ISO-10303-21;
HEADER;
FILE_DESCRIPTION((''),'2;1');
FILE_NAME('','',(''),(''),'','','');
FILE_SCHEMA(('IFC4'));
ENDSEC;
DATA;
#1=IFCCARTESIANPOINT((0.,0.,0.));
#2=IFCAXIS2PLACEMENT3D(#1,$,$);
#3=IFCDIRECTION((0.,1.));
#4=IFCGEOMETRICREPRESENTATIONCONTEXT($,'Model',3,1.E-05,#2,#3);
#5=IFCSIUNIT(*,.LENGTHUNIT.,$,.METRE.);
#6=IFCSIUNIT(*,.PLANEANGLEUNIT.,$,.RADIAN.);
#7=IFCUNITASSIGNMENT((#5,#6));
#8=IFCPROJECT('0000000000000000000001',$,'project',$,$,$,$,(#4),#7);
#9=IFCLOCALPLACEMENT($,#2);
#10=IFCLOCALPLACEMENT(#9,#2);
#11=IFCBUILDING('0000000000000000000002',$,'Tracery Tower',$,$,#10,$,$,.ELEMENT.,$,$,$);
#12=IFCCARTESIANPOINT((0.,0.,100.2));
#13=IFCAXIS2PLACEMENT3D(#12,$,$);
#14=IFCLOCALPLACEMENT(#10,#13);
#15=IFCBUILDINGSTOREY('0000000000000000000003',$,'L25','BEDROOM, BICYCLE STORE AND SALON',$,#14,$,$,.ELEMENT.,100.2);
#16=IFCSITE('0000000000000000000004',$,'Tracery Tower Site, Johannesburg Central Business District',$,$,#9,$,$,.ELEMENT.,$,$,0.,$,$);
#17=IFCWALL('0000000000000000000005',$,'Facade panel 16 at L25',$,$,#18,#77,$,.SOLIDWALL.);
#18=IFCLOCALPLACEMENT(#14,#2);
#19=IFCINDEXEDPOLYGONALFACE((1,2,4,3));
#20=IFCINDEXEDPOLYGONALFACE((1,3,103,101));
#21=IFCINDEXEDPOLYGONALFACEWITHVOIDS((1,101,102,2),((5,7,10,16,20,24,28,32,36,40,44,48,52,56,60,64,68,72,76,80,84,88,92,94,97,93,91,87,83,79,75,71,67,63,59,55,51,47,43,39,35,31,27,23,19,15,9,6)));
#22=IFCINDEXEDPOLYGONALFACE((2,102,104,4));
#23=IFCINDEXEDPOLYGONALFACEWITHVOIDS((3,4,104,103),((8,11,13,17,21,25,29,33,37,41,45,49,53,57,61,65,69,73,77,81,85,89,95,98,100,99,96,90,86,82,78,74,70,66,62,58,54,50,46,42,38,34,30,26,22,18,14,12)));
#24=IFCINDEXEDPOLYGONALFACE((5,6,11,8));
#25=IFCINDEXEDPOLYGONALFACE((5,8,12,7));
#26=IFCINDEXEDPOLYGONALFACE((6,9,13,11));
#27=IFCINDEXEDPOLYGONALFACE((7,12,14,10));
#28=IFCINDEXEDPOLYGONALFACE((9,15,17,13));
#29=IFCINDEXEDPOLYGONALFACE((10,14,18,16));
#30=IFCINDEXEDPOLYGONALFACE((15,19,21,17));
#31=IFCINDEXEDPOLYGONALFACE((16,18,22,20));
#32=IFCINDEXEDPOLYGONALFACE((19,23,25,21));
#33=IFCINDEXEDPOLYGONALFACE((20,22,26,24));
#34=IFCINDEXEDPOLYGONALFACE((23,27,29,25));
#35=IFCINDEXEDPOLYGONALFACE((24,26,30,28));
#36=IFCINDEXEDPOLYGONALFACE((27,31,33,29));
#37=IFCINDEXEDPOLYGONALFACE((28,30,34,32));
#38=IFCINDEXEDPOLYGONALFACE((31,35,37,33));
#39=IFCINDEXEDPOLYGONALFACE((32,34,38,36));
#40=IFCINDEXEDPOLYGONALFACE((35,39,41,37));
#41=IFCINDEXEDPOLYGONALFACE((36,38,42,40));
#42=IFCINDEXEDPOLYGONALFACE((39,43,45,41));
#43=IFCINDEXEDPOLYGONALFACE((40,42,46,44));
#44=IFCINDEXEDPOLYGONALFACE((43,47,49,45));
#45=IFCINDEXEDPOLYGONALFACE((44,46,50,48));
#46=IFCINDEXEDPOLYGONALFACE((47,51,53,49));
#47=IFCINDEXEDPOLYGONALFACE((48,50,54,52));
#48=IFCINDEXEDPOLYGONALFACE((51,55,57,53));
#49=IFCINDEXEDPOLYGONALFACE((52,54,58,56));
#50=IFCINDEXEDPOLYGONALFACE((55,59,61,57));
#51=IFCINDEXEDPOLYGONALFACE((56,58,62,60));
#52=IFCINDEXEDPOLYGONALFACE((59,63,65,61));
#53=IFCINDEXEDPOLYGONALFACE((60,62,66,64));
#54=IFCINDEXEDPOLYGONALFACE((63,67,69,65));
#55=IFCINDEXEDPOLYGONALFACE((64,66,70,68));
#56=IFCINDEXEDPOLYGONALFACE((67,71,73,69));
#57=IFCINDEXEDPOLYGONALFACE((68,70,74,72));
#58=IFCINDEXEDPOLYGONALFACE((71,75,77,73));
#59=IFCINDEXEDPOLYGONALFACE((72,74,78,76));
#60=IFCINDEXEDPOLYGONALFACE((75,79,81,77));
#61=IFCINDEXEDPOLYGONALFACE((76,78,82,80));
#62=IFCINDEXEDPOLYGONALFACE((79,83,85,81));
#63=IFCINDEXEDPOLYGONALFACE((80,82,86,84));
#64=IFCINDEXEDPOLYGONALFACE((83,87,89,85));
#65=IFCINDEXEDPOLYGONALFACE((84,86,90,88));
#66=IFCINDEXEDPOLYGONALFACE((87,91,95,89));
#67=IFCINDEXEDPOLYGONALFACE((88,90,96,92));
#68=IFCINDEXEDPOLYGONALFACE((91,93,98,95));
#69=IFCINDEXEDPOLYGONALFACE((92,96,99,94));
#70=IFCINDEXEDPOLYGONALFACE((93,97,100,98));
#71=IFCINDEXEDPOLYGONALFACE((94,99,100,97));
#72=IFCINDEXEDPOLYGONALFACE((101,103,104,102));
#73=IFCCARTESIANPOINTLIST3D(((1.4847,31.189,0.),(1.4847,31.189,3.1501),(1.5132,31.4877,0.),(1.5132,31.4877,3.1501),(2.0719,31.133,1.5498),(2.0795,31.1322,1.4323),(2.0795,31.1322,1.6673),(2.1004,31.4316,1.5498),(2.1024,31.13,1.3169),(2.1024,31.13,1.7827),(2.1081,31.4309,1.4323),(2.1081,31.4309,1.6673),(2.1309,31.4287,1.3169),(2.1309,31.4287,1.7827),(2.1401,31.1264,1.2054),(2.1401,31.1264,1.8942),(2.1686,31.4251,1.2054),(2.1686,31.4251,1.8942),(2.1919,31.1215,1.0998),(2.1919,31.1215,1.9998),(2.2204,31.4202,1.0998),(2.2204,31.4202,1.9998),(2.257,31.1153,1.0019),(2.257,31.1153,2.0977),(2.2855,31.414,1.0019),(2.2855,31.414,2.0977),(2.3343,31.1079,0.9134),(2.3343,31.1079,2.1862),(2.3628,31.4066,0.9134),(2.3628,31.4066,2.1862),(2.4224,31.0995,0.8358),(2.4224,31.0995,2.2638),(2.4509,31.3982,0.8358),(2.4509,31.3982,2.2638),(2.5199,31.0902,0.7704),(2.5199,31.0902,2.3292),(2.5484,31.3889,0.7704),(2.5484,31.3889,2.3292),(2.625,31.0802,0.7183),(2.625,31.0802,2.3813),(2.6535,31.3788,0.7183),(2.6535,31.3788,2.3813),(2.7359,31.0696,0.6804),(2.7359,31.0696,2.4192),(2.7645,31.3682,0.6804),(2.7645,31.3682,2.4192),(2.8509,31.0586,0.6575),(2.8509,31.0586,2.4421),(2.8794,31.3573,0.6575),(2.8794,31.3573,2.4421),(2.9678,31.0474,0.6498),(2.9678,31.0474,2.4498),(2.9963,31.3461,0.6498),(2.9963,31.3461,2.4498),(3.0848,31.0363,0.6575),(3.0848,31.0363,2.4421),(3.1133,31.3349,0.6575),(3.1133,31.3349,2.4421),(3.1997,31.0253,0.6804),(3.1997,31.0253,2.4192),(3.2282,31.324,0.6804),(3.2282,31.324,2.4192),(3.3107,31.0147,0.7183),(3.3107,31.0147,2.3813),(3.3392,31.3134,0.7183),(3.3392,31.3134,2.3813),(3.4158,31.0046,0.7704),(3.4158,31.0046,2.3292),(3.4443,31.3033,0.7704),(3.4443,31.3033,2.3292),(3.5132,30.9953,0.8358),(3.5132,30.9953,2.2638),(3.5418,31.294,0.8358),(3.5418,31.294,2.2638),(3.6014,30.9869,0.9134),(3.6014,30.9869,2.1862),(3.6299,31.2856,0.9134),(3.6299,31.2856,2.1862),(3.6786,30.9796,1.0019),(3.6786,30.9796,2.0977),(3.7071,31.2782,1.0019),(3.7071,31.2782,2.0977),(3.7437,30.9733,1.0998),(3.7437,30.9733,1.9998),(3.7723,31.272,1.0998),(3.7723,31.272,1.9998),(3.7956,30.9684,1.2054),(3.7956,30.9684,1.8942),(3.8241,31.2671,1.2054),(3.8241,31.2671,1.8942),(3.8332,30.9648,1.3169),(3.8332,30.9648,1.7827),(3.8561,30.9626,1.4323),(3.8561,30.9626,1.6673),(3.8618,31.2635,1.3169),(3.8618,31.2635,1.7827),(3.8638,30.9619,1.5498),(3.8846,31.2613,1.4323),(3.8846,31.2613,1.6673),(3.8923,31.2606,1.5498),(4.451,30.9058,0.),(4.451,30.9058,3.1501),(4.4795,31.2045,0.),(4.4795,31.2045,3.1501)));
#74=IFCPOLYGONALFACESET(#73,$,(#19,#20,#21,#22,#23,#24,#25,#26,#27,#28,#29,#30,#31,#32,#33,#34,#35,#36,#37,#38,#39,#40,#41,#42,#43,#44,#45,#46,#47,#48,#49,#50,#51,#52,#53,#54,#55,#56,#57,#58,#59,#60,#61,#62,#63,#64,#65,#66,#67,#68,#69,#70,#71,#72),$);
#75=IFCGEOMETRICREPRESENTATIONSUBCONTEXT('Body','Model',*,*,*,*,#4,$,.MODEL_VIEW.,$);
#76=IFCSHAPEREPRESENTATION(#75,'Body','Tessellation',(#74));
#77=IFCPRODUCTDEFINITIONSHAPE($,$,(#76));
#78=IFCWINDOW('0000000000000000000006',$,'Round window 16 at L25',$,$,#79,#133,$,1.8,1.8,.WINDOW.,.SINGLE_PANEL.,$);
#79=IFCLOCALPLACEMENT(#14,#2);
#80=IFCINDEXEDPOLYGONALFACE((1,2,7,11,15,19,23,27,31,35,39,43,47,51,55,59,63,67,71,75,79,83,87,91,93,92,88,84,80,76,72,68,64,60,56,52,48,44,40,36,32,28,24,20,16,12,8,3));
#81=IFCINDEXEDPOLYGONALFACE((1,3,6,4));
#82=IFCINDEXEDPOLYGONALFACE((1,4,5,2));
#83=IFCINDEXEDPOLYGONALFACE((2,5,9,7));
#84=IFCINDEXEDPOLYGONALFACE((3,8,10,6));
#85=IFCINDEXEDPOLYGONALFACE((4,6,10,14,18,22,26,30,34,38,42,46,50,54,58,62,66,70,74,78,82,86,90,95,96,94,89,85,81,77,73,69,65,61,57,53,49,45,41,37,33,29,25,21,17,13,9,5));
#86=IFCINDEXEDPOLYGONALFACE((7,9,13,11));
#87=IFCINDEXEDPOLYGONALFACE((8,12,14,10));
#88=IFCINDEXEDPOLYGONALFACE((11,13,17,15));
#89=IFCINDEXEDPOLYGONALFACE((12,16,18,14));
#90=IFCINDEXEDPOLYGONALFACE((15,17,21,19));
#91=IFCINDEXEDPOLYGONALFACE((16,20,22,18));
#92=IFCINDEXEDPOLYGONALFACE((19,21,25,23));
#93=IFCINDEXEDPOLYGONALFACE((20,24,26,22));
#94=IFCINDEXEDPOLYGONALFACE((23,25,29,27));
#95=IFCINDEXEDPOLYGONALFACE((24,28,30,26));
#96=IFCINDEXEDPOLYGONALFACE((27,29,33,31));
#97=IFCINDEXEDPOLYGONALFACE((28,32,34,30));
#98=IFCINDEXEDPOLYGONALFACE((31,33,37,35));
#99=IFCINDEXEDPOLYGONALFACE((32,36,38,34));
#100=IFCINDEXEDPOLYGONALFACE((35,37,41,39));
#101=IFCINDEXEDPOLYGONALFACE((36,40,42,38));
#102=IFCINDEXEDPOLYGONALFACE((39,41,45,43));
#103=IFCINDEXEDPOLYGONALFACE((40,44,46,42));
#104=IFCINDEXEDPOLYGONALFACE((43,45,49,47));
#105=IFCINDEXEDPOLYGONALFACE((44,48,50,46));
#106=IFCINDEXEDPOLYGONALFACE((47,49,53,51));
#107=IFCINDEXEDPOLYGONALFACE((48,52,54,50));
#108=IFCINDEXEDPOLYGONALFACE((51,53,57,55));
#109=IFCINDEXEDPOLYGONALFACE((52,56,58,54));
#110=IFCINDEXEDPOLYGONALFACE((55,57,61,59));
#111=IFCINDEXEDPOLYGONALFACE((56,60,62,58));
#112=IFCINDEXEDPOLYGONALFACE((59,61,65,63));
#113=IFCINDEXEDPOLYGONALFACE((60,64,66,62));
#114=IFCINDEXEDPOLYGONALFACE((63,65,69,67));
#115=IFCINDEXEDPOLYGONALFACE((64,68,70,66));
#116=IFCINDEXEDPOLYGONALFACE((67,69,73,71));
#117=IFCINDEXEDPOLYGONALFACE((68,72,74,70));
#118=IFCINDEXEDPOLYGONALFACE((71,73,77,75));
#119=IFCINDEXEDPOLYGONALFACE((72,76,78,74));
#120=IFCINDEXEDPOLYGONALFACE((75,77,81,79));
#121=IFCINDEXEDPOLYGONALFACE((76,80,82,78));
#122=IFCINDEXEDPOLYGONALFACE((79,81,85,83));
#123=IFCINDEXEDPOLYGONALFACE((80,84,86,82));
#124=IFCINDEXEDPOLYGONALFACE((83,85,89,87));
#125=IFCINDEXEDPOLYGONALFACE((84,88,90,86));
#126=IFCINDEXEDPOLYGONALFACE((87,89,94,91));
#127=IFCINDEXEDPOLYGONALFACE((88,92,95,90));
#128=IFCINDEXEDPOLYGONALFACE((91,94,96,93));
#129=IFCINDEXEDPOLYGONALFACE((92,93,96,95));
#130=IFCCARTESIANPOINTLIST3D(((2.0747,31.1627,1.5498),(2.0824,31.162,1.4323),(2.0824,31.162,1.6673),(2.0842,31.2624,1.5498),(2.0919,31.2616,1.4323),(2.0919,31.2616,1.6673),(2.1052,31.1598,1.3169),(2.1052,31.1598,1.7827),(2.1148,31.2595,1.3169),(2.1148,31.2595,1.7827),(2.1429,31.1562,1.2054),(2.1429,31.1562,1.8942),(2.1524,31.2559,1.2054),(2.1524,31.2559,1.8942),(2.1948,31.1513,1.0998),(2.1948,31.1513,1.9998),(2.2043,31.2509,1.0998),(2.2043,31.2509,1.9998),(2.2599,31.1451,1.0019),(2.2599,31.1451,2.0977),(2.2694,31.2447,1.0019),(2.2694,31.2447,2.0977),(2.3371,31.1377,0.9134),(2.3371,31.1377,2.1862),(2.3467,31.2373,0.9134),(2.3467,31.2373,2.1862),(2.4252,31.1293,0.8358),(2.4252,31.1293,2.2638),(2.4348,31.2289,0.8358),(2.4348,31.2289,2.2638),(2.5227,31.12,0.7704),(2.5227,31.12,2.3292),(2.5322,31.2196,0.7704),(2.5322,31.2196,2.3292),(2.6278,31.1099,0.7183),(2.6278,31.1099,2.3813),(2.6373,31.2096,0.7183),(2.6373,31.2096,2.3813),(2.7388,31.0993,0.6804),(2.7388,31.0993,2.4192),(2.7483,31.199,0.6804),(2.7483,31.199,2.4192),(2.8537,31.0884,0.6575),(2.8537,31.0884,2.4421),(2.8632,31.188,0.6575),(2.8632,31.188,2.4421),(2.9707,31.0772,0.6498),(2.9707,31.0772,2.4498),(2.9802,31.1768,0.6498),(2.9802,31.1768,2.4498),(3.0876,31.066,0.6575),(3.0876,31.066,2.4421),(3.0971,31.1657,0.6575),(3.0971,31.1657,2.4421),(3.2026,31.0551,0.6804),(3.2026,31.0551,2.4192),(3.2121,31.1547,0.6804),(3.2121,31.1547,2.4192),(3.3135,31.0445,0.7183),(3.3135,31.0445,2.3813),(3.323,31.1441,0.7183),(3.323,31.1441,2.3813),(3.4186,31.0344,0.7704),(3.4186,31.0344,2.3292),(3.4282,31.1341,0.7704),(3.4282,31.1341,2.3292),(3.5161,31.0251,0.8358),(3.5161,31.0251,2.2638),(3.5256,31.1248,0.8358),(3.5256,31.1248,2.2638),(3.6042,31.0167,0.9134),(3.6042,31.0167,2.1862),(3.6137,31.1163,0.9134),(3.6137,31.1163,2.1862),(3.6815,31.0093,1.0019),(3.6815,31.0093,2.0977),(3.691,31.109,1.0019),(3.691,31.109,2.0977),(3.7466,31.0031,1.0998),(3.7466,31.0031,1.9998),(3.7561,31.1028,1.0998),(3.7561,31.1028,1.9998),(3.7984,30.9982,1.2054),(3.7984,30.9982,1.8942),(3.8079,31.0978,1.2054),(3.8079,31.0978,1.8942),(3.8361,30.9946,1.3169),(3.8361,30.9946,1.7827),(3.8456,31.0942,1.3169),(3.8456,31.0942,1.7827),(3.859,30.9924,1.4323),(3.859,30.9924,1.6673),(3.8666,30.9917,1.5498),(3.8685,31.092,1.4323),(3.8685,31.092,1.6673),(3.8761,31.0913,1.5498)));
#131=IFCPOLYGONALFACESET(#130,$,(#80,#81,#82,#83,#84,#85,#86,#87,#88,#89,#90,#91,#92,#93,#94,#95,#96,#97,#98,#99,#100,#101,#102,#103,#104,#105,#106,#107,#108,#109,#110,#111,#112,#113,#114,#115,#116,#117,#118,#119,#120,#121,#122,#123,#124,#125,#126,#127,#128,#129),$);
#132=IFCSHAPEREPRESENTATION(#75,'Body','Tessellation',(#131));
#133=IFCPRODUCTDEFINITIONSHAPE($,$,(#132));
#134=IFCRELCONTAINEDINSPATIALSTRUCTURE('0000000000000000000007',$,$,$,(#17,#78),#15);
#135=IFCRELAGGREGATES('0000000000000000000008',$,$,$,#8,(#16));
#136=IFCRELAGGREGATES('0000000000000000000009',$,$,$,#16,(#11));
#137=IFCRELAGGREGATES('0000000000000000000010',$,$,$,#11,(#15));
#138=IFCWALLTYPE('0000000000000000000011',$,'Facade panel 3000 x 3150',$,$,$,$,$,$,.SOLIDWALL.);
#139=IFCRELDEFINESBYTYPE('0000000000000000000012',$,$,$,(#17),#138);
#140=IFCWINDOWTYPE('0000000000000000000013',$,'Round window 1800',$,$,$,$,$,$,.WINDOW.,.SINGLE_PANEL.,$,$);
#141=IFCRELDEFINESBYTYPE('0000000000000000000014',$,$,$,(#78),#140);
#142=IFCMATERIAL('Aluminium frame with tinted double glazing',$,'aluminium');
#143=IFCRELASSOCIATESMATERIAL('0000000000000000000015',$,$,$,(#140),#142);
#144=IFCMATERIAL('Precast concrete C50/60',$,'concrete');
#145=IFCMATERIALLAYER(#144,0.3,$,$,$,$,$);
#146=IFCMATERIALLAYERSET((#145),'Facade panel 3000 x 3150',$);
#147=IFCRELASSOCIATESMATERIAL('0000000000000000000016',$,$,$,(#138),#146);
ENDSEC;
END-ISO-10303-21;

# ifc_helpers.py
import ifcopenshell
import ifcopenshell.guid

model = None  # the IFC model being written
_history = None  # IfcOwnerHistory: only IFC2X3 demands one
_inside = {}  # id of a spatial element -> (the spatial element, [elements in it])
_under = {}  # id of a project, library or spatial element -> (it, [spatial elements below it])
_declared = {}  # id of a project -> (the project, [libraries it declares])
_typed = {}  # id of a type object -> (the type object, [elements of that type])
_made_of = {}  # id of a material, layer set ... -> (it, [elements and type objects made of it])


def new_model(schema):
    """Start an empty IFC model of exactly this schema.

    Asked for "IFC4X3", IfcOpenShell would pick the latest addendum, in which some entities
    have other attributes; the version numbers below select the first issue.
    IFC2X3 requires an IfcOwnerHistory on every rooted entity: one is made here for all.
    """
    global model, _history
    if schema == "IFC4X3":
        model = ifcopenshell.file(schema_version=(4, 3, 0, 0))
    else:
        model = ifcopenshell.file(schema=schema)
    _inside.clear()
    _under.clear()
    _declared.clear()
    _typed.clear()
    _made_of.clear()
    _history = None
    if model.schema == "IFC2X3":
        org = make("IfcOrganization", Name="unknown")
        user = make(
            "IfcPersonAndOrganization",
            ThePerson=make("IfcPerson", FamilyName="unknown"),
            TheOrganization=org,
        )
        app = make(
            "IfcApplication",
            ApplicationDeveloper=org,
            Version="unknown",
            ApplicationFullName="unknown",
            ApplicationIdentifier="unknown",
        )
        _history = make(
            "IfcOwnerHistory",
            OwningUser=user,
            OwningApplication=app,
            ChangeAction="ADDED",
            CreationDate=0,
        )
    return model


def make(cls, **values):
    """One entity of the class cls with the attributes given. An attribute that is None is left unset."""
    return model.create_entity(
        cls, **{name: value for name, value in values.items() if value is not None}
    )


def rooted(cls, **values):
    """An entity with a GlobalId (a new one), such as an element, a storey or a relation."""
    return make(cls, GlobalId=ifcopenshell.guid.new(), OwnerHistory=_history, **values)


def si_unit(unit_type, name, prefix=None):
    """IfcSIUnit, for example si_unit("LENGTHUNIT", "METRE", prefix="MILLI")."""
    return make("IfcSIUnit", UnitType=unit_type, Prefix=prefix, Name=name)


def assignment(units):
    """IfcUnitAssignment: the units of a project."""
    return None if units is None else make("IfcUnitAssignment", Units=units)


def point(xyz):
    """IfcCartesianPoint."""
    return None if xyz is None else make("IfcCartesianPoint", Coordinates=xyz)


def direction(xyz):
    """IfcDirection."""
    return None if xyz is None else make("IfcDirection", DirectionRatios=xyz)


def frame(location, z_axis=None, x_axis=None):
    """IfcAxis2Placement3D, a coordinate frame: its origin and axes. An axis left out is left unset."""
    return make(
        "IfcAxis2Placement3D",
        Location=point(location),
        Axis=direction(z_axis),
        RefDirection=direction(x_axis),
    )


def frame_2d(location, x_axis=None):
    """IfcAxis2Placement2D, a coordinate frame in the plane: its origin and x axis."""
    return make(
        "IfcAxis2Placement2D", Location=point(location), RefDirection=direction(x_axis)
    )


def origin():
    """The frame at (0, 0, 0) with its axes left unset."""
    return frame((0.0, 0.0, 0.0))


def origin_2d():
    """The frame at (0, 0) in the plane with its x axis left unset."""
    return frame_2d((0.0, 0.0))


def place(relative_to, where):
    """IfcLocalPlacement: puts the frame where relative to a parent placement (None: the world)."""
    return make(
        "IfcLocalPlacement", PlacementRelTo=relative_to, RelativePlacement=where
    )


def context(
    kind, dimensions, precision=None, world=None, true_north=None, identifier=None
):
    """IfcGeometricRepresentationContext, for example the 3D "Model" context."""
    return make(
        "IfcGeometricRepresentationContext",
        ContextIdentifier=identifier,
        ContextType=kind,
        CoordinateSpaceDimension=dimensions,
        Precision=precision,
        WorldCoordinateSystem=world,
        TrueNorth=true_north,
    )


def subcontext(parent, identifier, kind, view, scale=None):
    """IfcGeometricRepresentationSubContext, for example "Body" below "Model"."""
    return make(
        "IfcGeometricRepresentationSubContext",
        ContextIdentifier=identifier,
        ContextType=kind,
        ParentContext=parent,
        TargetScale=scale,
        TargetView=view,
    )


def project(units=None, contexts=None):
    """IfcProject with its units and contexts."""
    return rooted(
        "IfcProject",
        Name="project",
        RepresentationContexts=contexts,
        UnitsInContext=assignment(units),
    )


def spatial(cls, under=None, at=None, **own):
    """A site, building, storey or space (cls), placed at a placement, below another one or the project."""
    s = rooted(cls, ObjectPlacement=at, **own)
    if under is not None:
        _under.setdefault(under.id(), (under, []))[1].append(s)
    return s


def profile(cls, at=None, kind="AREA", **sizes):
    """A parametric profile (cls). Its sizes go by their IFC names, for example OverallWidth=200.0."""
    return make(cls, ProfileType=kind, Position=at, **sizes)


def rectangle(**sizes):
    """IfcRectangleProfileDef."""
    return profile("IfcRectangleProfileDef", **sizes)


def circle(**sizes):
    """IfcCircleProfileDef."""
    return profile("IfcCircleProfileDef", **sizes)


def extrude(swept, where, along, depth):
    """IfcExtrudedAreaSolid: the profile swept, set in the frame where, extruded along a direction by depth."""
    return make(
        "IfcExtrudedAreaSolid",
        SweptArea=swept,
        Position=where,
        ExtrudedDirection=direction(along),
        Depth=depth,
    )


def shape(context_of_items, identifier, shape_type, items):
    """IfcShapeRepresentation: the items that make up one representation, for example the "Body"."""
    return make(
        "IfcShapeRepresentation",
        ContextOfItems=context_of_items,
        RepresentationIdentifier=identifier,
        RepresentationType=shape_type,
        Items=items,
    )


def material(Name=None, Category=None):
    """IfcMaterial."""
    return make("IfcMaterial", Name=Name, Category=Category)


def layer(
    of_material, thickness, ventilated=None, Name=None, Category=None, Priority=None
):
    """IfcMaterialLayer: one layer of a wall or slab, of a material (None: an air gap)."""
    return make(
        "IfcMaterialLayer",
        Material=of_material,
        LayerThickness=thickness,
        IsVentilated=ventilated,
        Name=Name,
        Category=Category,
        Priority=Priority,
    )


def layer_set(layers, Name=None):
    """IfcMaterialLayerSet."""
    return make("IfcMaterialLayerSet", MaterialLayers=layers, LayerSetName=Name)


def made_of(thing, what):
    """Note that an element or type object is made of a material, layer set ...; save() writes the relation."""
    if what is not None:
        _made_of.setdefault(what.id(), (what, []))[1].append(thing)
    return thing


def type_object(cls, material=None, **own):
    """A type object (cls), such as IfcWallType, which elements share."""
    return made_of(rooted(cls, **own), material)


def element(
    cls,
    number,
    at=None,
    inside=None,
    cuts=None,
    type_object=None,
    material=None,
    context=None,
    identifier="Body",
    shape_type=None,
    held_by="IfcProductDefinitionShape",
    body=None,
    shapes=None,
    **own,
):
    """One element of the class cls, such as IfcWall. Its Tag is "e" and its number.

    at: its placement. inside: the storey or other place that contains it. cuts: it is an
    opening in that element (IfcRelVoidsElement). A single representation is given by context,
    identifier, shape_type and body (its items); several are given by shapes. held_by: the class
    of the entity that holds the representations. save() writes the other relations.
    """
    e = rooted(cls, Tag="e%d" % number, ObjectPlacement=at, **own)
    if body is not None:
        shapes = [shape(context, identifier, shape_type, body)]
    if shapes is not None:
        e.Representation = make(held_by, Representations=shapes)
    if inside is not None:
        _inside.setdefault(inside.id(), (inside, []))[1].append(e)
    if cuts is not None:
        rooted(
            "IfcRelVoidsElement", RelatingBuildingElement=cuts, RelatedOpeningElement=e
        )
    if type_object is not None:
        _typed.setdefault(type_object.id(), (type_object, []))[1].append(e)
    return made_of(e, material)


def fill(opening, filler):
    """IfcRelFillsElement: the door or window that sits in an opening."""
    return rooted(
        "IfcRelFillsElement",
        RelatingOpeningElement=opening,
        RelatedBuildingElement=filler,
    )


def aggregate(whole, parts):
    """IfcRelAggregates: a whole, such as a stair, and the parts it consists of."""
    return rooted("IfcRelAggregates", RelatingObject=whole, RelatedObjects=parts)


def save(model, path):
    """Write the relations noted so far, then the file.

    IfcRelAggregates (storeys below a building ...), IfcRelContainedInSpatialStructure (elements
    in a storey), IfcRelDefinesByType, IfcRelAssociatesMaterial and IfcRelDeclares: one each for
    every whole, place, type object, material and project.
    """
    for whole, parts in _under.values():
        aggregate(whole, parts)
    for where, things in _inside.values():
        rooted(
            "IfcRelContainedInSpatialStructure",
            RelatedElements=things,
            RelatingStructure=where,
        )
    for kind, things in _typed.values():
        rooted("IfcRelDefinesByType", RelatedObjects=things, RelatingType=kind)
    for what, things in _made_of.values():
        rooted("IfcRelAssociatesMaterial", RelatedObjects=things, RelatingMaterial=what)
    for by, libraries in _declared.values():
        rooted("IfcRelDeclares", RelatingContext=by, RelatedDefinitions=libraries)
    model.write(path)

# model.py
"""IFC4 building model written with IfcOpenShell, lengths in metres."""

from ifc_helpers import new_model, si_unit, direction, frame, frame_2d, origin, origin_2d, place, context, subcontext, project, spatial, rectangle, circle, extrude, material, layer, layer_set, type_object, element, fill, save


model = new_model("IFC4")

# Units and contexts
model_context = context("Model", 3, precision=1e-05, world=origin(), true_north=direction((0.0, 1.0)))
body_context = subcontext(model_context, "Body", "Model", "MODEL_VIEW")
ifc_project = project(units=[si_unit("LENGTHUNIT", "METRE"), si_unit("PLANEANGLEUNIT", "RADIAN")], contexts=[model_context])

# Site, building, storey
site_placement = place(None, origin())
site = spatial("IfcSite", under=ifc_project, at=site_placement, Name="Tracery Tower Site, Johannesburg Central Business District", CompositionType="ELEMENT", RefElevation=0.0)
building_placement = place(site_placement, origin())
building = spatial("IfcBuilding", under=site, at=building_placement, Name="Tracery Tower", CompositionType="ELEMENT")
storey_placement = place(building_placement, frame((0.0, 0.0, 100.2)))
storey = spatial("IfcBuildingStorey", under=building, at=storey_placement, Name="L25", Description="BEDROOM, BICYCLE STORE AND SALON", CompositionType="ELEMENT", Elevation=100.2)

# Wall, opening, window
ifc_material_1 = material(Name="Aluminium frame with tinted double glazing", Category="aluminium")
window_type = type_object("IfcWindowType", Name="Round window 1800", PartitioningType="SINGLE_PANEL", PredefinedType="WINDOW", material=ifc_material_1)
ifc_material_2 = material(Name="Precast concrete C50/60", Category="concrete")
ifc_layer_1 = layer(ifc_material_2, 0.3)
ifc_layer_set_1 = layer_set([ifc_layer_1], Name="Facade panel 3000 x 3150")
wall_type_1 = type_object("IfcWallType", Name="Facade panel 3000 x 3150", PredefinedType="SOLIDWALL", material=ifc_layer_set_1)
wall_1_placement = place(storey_placement, frame((4.4651, 31.0552, 0.0), z_axis=(0.0, 0.0, 1.0), x_axis=(-0.995473, 0.095041, 0.0)))
wall_1 = element("IfcWall", 1, at=wall_1_placement, inside=storey, type_object=wall_type_1, Name="Facade panel 16 at L25", PredefinedType="SOLIDWALL", context=body_context, shape_type="SweptSolid", body=[
    extrude(rectangle(XDim=2.9797, YDim=0.3, at=frame_2d((1.4897, 0.0))), origin(), (0.0, 0.0, 1.0), 3.1501),
])
opening_1_placement = place(wall_1_placement, frame((1.4897, 0.0, 1.5498)))
opening_1 = element("IfcOpeningElement", 2, at=opening_1_placement, cuts=wall_1, PredefinedType="OPENING", context=body_context, shape_type="SweptSolid", body=[
    extrude(circle(Radius=0.9, at=origin_2d()), frame((0.0, 0.1599, 0.0), z_axis=(0.0, -1.0, 0.0), x_axis=(1.0, 0.0, 0.0)), (0.0, 0.0, 1.0), 0.3201),
])
window_1_placement = place(opening_1_placement, origin())
window_1 = element("IfcWindow", 3, at=window_1_placement, inside=storey, type_object=window_type, Name="Round window 16 at L25", OverallHeight=1.8, OverallWidth=1.8, PartitioningType="SINGLE_PANEL", PredefinedType="WINDOW", context=body_context, shape_type="SweptSolid", body=[
    extrude(circle(Radius=0.9, at=origin_2d()), frame((0.0, 0.1201, 0.0), z_axis=(0.0, -1.0, 0.0), x_axis=(1.0, 0.0, 0.0)), (0.0, 0.0, 1.0), 0.1001),
])
fill(opening_1, window_1)

save(model, "model.ifc")
